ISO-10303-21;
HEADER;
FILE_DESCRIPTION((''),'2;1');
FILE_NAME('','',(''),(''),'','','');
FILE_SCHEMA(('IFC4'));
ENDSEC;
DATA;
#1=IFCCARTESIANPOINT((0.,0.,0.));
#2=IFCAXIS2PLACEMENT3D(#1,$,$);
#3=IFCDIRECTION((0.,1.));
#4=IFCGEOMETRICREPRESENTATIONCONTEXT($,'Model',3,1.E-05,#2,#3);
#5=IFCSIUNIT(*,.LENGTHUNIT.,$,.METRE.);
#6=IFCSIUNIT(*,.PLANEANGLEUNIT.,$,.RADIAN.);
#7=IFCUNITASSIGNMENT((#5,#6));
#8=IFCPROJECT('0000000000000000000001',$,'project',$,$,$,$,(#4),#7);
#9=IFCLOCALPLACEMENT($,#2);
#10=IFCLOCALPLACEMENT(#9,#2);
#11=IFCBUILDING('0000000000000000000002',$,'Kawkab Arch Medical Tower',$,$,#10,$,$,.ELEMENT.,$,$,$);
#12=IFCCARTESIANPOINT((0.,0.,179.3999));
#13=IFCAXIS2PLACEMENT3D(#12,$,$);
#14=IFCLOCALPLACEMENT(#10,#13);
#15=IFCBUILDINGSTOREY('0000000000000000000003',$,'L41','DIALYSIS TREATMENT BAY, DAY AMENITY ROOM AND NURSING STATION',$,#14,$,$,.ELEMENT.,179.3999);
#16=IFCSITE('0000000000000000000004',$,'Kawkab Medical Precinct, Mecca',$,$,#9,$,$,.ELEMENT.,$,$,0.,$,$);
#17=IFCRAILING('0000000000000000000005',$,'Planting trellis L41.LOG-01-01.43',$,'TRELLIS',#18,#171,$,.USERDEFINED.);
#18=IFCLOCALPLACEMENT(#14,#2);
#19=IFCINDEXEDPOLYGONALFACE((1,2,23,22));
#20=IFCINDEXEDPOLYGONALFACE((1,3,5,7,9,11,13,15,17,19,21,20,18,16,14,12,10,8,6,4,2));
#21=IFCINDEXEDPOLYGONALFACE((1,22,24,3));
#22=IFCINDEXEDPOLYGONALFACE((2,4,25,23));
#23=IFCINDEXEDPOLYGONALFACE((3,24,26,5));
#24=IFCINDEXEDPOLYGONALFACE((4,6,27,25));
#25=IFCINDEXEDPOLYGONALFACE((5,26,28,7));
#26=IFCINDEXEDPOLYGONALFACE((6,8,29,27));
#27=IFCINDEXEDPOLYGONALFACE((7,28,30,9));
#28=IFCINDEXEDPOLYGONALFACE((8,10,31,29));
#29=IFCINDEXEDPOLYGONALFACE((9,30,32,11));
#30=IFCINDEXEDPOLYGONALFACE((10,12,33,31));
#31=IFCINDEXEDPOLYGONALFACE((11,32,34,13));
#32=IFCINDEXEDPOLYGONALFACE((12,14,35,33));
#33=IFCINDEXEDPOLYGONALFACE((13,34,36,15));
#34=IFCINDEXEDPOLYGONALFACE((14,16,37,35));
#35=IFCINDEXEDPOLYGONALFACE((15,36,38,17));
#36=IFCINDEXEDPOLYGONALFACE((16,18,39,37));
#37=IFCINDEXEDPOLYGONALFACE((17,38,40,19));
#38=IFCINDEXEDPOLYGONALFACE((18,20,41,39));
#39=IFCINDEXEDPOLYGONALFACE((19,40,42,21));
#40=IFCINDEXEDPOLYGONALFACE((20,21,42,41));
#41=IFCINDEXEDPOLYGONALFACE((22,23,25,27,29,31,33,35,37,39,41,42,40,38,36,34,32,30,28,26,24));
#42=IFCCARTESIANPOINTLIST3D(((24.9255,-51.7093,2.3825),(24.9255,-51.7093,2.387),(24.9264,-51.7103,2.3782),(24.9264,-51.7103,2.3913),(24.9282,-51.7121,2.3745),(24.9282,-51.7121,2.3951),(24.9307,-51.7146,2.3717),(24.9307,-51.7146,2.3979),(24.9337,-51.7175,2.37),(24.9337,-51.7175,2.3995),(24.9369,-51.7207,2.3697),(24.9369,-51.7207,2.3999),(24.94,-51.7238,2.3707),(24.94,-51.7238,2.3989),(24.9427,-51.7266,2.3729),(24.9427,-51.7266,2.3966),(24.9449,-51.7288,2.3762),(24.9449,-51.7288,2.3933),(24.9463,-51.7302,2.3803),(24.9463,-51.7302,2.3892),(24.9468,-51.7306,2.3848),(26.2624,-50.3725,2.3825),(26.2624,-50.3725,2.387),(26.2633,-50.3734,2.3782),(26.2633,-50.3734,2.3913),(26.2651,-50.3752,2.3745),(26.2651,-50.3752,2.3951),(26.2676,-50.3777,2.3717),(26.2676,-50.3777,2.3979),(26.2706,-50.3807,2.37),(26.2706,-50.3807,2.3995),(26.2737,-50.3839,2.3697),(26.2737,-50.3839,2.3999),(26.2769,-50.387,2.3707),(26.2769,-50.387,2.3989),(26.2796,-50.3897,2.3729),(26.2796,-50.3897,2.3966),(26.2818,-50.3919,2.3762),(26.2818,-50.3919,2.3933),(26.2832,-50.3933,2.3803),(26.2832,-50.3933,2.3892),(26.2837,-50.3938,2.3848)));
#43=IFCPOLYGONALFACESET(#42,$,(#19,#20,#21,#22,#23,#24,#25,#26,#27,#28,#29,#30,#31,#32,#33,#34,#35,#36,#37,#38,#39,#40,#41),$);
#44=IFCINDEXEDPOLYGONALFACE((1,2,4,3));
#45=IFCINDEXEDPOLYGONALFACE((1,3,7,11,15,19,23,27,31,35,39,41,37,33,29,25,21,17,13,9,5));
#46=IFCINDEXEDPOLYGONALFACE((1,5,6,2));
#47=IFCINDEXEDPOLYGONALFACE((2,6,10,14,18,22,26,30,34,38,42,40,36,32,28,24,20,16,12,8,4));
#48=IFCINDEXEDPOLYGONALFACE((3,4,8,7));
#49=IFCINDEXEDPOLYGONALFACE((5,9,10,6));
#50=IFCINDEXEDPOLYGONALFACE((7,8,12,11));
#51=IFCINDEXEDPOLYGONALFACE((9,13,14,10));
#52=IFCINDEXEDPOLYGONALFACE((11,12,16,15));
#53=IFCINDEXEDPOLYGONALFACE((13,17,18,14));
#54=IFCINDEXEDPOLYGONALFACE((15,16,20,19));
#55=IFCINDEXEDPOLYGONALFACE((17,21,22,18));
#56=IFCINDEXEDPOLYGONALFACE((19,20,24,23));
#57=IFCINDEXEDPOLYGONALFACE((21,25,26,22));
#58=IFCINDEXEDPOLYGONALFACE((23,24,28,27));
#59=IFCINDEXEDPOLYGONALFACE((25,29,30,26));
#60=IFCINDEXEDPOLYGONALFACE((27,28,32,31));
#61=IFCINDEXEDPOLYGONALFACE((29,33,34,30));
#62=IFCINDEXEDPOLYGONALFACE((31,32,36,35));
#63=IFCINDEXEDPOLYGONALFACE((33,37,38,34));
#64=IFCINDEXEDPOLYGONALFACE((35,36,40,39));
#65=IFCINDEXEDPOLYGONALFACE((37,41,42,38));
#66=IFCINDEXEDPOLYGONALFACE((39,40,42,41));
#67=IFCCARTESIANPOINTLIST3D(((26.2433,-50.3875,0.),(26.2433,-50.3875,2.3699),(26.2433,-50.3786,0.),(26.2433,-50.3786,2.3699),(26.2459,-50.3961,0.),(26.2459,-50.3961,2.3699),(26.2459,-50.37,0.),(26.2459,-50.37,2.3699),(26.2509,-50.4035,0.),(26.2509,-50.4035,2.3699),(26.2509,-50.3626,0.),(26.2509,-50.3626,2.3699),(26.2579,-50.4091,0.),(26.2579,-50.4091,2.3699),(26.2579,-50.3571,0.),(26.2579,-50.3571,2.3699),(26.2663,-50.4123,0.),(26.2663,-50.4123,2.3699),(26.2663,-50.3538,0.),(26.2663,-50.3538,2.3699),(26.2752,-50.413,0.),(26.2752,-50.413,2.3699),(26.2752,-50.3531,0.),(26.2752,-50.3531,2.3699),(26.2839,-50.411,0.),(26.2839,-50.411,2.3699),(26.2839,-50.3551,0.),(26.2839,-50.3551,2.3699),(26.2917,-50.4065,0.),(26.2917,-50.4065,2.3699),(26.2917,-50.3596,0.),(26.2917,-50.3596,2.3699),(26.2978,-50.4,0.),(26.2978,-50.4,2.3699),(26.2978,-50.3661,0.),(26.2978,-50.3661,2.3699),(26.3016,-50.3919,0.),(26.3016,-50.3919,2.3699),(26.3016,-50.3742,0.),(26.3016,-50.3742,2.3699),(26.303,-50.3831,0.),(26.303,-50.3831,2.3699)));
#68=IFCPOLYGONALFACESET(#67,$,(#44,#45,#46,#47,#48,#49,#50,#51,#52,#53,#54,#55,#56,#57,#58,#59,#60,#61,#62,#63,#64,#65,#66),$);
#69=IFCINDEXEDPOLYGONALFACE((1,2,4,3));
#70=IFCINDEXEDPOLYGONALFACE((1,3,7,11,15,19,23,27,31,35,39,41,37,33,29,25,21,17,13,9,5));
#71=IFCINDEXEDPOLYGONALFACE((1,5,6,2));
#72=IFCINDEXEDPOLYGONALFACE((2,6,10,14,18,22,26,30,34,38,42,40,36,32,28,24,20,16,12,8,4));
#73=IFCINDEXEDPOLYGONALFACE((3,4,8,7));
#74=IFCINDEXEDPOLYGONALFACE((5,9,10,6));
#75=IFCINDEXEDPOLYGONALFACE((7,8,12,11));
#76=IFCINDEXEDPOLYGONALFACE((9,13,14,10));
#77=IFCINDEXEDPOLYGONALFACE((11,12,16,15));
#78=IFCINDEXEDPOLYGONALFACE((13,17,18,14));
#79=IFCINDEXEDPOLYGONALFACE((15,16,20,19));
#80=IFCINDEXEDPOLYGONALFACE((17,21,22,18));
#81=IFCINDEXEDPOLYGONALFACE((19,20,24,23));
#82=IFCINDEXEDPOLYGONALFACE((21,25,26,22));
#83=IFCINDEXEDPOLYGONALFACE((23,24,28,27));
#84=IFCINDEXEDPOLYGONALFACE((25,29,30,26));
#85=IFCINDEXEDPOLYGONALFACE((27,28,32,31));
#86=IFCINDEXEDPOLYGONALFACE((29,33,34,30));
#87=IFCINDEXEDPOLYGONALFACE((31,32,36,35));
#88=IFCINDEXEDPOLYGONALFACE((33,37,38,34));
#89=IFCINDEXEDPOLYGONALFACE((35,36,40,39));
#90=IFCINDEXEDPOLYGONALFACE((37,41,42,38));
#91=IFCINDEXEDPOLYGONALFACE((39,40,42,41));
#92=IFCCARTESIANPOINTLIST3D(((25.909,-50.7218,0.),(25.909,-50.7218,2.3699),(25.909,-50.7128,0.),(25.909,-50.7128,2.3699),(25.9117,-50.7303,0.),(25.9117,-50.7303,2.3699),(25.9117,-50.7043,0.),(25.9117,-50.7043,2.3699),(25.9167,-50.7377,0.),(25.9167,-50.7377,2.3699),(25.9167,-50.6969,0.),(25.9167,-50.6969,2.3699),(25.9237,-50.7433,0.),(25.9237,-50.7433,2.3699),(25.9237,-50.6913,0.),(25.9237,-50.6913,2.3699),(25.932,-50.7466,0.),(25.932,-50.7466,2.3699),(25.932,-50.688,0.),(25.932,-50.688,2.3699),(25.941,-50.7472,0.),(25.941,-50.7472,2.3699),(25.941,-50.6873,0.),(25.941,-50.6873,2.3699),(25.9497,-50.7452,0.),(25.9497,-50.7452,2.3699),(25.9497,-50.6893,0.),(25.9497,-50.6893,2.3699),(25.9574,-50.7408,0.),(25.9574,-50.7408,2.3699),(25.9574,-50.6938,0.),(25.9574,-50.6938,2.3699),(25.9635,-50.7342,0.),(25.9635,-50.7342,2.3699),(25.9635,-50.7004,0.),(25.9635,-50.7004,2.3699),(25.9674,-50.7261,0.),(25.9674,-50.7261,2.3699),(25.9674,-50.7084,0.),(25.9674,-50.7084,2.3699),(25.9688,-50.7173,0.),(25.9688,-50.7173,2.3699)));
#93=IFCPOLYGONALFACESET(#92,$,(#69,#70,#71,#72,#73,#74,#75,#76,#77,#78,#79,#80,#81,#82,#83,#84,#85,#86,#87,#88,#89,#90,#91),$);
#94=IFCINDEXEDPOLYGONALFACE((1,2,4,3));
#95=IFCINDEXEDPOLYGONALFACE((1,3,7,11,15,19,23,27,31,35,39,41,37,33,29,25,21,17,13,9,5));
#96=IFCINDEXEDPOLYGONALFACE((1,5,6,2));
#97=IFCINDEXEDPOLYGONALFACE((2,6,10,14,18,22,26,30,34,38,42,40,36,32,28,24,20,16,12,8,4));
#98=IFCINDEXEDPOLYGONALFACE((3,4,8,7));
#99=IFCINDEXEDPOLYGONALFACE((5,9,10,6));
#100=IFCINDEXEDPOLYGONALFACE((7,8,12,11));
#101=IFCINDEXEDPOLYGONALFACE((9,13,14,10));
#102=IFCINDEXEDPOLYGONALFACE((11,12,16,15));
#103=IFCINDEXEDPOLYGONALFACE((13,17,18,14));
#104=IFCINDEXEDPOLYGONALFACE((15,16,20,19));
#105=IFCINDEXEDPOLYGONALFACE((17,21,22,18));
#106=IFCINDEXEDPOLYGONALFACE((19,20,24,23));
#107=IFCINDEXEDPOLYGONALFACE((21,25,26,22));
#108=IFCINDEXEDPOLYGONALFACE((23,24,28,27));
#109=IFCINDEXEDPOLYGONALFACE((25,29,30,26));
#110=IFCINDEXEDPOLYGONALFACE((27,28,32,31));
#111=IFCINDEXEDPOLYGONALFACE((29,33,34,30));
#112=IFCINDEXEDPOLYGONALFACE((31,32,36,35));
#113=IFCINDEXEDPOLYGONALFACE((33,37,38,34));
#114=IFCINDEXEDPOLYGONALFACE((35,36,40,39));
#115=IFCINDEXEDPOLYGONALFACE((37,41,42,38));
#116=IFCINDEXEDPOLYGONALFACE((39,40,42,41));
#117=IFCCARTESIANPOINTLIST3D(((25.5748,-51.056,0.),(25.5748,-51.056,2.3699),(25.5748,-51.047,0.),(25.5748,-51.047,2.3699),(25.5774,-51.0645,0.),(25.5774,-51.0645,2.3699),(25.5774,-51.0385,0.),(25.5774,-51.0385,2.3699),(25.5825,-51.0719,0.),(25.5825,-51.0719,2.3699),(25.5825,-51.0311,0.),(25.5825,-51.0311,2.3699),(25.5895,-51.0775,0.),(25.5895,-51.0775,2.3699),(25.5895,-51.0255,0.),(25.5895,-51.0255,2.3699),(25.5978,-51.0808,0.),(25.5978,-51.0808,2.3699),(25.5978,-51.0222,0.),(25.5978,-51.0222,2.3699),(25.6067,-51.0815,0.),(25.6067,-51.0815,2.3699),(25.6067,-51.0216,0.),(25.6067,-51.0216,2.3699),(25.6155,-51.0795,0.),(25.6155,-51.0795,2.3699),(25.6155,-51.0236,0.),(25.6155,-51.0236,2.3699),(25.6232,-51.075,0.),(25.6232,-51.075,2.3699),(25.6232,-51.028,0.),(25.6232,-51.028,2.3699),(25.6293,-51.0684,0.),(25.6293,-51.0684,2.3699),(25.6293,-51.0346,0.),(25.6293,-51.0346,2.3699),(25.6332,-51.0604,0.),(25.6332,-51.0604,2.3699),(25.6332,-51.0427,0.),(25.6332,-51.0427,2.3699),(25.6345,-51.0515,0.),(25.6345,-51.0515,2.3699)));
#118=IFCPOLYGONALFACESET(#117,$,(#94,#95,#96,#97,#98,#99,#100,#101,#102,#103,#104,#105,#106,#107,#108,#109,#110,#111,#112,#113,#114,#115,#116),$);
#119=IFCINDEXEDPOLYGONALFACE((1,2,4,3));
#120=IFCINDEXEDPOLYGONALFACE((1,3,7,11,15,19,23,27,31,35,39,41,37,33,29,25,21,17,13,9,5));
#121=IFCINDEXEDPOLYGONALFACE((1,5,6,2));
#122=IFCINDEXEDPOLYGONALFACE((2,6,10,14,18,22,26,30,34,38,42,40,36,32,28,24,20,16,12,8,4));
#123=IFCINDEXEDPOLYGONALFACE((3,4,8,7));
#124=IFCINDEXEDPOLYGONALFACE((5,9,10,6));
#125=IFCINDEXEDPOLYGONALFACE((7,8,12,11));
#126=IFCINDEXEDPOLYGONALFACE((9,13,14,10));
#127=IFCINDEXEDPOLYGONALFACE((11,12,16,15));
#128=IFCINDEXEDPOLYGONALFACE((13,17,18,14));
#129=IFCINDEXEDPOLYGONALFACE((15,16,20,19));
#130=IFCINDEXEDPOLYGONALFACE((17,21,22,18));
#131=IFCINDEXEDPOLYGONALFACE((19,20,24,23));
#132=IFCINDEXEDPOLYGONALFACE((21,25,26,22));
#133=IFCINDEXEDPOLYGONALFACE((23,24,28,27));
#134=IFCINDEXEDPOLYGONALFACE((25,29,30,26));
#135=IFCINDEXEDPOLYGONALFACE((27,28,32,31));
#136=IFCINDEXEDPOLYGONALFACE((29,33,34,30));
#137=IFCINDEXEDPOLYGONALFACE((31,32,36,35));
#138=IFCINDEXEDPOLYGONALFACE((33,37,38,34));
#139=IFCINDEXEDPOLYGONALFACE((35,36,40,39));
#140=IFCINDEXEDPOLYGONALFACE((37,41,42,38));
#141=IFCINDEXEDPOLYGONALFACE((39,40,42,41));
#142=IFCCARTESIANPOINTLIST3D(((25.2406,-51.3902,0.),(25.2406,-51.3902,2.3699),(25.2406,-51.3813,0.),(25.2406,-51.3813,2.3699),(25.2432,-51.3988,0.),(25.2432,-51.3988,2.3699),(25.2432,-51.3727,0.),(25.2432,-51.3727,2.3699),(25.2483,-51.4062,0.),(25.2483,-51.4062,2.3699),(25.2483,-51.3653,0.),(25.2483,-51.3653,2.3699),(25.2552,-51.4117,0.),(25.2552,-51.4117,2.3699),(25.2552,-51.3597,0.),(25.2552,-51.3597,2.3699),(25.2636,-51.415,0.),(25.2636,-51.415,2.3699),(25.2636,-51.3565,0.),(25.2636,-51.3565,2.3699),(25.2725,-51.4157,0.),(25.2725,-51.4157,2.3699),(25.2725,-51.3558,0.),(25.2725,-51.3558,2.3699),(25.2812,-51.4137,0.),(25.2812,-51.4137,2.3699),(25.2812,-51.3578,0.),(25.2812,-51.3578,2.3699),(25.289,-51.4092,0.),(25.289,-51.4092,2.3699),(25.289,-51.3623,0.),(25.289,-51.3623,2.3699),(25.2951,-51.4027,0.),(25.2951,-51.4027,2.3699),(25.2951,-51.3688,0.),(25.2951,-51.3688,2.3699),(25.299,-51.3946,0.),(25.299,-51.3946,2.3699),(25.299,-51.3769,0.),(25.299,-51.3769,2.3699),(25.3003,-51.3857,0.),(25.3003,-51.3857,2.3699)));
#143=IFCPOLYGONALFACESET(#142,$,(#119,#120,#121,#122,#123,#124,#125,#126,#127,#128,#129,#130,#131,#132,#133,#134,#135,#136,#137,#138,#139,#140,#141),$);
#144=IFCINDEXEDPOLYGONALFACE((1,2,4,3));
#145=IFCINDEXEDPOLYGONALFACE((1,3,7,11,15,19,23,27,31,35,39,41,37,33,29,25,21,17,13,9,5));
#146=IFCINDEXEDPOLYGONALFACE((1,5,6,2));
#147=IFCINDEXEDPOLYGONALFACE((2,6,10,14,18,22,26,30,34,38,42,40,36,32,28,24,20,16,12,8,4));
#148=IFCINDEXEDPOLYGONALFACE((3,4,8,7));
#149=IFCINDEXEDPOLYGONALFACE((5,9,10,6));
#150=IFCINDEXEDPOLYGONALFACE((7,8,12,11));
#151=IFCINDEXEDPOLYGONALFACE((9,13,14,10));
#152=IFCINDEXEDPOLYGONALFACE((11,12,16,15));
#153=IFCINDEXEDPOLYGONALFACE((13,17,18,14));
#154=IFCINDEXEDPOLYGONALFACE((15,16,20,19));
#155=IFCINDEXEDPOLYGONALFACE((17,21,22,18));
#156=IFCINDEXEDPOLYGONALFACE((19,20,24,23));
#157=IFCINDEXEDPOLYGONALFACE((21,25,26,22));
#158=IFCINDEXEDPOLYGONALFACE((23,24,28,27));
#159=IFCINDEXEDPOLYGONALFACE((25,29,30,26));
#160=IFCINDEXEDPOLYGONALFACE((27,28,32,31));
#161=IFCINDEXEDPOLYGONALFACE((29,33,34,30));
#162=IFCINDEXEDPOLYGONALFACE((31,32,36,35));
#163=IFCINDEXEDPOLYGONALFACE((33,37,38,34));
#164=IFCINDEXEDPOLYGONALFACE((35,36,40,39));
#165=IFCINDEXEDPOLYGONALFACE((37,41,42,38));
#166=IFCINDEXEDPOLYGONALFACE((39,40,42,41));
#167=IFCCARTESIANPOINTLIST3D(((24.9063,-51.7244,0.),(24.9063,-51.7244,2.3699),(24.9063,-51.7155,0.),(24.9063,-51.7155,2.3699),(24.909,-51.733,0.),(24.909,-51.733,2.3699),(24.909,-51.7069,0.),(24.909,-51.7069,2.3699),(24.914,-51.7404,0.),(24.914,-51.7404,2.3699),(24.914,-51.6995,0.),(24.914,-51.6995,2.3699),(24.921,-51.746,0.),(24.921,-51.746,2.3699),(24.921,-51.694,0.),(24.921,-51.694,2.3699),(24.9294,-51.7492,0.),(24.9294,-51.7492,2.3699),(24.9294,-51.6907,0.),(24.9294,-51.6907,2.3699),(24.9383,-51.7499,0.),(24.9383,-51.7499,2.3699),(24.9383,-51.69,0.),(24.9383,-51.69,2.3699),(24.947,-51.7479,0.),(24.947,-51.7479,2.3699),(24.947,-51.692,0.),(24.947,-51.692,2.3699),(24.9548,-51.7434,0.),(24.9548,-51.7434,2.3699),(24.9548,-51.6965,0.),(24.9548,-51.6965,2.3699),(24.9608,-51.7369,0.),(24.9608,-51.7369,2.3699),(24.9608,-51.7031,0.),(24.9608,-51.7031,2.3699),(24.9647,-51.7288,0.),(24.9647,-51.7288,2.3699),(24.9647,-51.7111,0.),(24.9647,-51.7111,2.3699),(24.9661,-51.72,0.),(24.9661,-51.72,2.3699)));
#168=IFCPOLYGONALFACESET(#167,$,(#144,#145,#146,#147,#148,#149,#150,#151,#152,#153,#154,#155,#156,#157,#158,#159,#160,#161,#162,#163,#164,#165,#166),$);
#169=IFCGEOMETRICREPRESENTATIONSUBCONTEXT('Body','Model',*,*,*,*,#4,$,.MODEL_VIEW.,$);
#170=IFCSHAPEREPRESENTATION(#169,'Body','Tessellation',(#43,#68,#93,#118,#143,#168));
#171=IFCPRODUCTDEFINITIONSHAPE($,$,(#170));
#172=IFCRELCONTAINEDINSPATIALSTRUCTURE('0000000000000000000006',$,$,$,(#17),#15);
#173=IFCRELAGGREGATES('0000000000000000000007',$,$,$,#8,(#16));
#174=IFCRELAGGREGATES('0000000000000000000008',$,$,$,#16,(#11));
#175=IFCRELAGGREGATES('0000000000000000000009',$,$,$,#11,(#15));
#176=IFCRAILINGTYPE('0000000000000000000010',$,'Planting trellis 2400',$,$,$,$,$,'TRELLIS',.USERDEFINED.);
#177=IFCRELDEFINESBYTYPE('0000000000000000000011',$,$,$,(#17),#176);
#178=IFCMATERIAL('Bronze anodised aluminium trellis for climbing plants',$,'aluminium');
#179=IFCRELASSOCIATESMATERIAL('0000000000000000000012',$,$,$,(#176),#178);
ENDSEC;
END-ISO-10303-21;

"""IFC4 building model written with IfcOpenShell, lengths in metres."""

from ifc_helpers import new_model, si_unit, direction, frame, origin, origin_2d, place, context, subcontext, project, spatial, circle, extrude, material, type_object, element, save


model = new_model("IFC4")

# Units and contexts
model_context = context("Model", 3, precision=1e-05, world=origin(), true_north=direction((0.0, 1.0)))
body_context = subcontext(model_context, "Body", "Model", "MODEL_VIEW")
ifc_project = project(units=[si_unit("LENGTHUNIT", "METRE"), si_unit("PLANEANGLEUNIT", "RADIAN")], contexts=[model_context])

# Site, building, storey
site_placement = place(None, origin())
site = spatial("IfcSite", under=ifc_project, at=site_placement, Name="Kawkab Medical Precinct, Mecca", CompositionType="ELEMENT", RefElevation=0.0)
building_placement = place(site_placement, origin())
building = spatial("IfcBuilding", under=site, at=building_placement, Name="Kawkab Arch Medical Tower", CompositionType="ELEMENT")
storey_placement = place(building_placement, frame((0.0, 0.0, 179.3999)))
storey = spatial("IfcBuildingStorey", under=building, at=storey_placement, Name="L41", Description="DIALYSIS TREATMENT BAY, DAY AMENITY ROOM AND NURSING STATION", CompositionType="ELEMENT", Elevation=179.3999)

# Railing
ifc_material_1 = material(Name="Bronze anodised aluminium trellis for climbing plants", Category="aluminium")
railing_type_1 = type_object("IfcRailingType", Name="Planting trellis 2400", ElementType="TRELLIS", PredefinedType="USERDEFINED", material=ifc_material_1)
railing_1_placement = place(storey_placement, frame((26.2729, -50.3831, 0.0)))
element("IfcRailing", 1, at=railing_1_placement, inside=storey, type_object=railing_type_1, Name="Planting trellis L41.LOG-01-01.43", ObjectType="TRELLIS", PredefinedType="USERDEFINED", context=body_context, shape_type="SweptSolid", body=[
    extrude(circle(Radius=0.0151, at=origin_2d()), frame((0.0, 0.0, 2.3848), z_axis=(-0.707107, -0.707107, 0.0), x_axis=(0.707107, -0.707107, 0.0)), (0.0, 0.0, 1.0), 1.8906),
    extrude(circle(Radius=0.03, at=origin_2d()), origin(), (0.0, 0.0, 1.0), 2.3699),
    extrude(circle(Radius=0.03, at=origin_2d()), frame((-0.3342, -0.3342, 0.0)), (0.0, 0.0, 1.0), 2.3699),
    extrude(circle(Radius=0.03, at=origin_2d()), frame((-0.6685, -0.6685, 0.0)), (0.0, 0.0, 1.0), 2.3699),
    extrude(circle(Radius=0.03, at=origin_2d()), frame((-1.0027, -1.0027, 0.0)), (0.0, 0.0, 1.0), 2.3699),
    extrude(circle(Radius=0.03, at=origin_2d()), frame((-1.3369, -1.3369, 0.0)), (0.0, 0.0, 1.0), 2.3699),
])

save(model, "model.ifc")
